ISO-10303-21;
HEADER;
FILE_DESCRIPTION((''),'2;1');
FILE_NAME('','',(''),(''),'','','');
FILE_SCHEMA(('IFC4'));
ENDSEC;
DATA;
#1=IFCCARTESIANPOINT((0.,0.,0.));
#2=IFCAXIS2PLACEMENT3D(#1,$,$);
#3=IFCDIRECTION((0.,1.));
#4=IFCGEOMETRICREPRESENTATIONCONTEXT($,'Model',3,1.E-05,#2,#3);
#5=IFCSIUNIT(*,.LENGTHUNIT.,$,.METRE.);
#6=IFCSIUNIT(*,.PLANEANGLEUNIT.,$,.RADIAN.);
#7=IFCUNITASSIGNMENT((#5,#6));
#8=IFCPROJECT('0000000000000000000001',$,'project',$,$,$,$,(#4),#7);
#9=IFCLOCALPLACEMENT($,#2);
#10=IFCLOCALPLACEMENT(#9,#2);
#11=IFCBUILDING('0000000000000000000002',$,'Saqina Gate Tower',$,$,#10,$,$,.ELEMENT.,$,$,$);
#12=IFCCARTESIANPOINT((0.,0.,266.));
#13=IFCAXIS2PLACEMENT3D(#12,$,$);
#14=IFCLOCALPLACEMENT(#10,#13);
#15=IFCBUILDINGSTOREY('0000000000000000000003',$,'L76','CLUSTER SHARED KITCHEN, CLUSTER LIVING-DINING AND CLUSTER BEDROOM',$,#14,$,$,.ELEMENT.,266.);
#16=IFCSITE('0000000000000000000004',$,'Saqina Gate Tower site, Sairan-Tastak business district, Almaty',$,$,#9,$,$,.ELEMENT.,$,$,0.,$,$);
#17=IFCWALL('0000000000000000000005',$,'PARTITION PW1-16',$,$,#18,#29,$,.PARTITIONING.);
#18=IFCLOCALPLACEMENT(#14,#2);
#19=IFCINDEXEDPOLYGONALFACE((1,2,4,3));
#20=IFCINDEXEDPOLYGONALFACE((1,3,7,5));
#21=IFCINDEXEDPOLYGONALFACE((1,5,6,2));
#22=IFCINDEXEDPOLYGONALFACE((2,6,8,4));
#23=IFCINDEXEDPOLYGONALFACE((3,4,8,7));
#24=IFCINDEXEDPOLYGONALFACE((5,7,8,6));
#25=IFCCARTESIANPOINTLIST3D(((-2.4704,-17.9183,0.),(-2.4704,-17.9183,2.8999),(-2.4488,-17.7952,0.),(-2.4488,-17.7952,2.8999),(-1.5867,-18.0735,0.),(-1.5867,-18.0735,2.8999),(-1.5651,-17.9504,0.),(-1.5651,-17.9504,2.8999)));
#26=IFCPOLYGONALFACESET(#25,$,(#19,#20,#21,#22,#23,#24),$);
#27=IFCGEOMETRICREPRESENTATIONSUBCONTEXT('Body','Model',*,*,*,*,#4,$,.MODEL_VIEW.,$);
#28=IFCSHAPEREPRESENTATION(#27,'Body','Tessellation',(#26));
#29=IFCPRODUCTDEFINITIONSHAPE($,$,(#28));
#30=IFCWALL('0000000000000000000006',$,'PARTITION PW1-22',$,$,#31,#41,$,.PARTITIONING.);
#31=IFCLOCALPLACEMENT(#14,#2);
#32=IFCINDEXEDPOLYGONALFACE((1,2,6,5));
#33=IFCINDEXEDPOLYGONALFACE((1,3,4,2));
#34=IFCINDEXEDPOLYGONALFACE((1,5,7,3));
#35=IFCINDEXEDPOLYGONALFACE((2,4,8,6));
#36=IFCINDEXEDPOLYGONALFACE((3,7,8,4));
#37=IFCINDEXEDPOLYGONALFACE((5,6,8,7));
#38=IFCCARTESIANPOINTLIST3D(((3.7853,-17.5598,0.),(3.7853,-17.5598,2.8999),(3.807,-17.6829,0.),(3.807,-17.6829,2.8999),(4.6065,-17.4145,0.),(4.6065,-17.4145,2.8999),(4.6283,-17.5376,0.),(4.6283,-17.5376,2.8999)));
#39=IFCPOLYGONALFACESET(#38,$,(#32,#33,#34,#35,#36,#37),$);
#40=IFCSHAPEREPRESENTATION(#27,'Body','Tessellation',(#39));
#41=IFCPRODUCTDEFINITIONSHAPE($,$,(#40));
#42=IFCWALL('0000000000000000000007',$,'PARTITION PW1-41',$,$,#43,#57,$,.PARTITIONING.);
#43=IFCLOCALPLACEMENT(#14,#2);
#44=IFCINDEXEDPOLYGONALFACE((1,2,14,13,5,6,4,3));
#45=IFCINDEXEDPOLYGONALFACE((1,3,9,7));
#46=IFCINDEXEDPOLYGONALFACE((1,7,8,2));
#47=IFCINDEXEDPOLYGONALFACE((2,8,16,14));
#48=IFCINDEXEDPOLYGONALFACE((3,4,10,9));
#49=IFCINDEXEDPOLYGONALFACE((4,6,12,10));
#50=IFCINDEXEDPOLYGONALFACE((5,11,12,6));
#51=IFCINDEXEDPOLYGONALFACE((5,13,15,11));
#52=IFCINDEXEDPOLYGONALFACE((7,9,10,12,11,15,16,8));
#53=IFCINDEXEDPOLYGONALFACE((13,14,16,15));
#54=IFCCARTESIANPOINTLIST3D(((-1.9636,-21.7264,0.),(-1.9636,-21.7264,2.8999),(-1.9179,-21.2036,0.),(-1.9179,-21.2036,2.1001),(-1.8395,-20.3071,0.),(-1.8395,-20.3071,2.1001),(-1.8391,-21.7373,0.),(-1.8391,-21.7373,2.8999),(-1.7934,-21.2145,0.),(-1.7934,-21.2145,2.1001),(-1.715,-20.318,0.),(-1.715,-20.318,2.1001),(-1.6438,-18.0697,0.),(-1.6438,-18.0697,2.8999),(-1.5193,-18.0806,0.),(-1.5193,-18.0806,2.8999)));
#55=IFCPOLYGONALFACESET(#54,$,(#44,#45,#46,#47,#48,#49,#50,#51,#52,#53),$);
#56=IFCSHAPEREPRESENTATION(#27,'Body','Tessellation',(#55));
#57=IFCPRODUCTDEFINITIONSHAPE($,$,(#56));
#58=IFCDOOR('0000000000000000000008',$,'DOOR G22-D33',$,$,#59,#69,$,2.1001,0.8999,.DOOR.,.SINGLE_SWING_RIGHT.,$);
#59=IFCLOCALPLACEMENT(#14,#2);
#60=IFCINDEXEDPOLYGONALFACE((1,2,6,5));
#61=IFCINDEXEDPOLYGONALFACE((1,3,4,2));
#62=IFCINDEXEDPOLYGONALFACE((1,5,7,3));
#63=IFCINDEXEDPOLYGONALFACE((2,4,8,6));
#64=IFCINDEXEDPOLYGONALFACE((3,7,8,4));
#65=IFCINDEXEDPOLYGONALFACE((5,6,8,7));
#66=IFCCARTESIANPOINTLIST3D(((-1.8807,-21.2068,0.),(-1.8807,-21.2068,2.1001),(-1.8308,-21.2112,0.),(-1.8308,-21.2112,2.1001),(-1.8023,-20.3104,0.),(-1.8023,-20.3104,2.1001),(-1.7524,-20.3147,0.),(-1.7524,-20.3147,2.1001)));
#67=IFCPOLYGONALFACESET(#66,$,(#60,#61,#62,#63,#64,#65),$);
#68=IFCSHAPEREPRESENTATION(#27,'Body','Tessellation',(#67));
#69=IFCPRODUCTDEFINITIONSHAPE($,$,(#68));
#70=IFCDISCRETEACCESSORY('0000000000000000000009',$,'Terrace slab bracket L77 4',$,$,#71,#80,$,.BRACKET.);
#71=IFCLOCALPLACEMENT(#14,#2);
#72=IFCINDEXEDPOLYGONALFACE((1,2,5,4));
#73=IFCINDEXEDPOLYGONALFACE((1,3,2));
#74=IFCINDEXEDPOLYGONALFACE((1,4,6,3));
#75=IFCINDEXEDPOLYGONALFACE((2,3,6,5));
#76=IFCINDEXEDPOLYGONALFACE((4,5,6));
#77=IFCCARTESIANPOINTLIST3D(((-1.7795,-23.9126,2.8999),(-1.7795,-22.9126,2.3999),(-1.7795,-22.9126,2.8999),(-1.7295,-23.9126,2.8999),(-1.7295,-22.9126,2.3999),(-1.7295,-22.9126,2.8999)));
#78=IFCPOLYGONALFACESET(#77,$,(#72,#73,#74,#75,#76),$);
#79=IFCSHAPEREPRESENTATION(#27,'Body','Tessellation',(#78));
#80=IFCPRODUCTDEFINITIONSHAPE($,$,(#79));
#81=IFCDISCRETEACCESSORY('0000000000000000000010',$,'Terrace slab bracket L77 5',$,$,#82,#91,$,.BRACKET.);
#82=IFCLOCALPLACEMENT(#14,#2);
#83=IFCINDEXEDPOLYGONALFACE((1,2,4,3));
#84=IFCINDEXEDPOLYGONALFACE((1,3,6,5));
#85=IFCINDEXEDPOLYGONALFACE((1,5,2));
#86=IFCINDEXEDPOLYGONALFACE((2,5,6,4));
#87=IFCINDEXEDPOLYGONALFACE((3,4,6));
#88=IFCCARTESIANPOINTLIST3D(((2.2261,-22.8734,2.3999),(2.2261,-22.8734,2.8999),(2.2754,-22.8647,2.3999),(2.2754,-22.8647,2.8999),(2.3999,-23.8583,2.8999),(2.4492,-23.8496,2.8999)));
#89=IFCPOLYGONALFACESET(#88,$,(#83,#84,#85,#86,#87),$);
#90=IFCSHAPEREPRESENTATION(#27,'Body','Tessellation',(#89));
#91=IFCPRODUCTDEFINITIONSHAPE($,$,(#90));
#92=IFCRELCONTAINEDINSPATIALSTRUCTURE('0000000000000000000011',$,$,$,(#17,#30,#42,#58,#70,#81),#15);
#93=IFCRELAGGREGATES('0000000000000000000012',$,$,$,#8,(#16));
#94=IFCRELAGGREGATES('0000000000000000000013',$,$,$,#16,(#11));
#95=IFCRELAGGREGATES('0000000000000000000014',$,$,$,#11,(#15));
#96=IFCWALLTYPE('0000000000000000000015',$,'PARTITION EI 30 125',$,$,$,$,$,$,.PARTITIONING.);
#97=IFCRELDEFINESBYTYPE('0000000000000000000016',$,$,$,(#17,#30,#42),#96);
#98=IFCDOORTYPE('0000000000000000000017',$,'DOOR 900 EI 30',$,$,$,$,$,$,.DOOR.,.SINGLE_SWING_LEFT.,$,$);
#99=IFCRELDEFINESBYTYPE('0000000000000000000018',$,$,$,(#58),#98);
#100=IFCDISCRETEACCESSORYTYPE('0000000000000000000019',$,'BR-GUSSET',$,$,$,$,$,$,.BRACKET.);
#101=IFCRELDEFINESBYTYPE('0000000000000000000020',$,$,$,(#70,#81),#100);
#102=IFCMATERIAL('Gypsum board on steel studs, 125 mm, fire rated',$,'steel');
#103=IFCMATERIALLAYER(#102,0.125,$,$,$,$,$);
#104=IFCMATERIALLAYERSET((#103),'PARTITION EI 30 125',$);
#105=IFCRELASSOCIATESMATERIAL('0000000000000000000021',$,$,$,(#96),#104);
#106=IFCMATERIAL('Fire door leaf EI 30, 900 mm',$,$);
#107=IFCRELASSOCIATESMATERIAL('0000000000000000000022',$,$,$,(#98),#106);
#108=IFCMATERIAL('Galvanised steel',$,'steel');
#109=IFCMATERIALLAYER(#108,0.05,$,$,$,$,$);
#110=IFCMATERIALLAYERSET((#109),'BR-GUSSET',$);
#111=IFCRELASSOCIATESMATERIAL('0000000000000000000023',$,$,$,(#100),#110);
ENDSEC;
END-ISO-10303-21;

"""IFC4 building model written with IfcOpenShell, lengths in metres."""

from ifc_helpers import new_model, si_unit, direction, frame, frame_2d, origin, place, context, subcontext, project, spatial, polyline, rectangle, outline, extrude, material, layer, layer_set, type_object, element, fill, save


model = new_model("IFC4")

# Units and contexts
model_context = context("Model", 3, precision=1e-05, world=origin(), true_north=direction((0.0, 1.0)))
body_context = subcontext(model_context, "Body", "Model", "MODEL_VIEW")
ifc_project = project(units=[si_unit("LENGTHUNIT", "METRE"), si_unit("PLANEANGLEUNIT", "RADIAN")], contexts=[model_context])

# Site, building, storey
site_placement = place(None, origin())
site = spatial("IfcSite", under=ifc_project, at=site_placement, Name="Saqina Gate Tower site, Sairan-Tastak business district, Almaty", CompositionType="ELEMENT", RefElevation=0.0)
building_placement = place(site_placement, origin())
building = spatial("IfcBuilding", under=site, at=building_placement, Name="Saqina Gate Tower", CompositionType="ELEMENT")
storey_placement = place(building_placement, frame((0.0, 0.0, 266.0)))
storey = spatial("IfcBuildingStorey", under=building, at=storey_placement, Name="L76", Description="CLUSTER SHARED KITCHEN, CLUSTER LIVING-DINING AND CLUSTER BEDROOM", CompositionType="ELEMENT", Elevation=266.0)

# Shared definitions
ifc_material_1 = material(Name="Gypsum board on steel studs, 125 mm, fire rated", Category="steel")
ifc_layer_1 = layer(ifc_material_1, 0.125)
ifc_layer_set_1 = layer_set([ifc_layer_1], Name="PARTITION EI 30 125")
wall_type_1 = type_object("IfcWallType", Name="PARTITION EI 30 125", PredefinedType="PARTITIONING", material=ifc_layer_set_1)

# Shared definitions
ifc_material_2 = material(Name="Fire door leaf EI 30, 900 mm")
door_type_1 = type_object("IfcDoorType", Name="DOOR 900 EI 30", OperationType="SINGLE_SWING_LEFT", PredefinedType="DOOR", material=ifc_material_2)

# Walls
wall_1_placement = place(storey_placement, frame((-2.4597, -17.8567, 0.0), z_axis=(0.0, 0.0, 1.0), x_axis=(0.984915, -0.17304, 0.0)))
element("IfcWall", 1, at=wall_1_placement, inside=storey, type_object=wall_type_1, Name="PARTITION PW1-16", PredefinedType="PARTITIONING", context=body_context, shape_type="SweptSolid", body=[
    extrude(rectangle(XDim=0.8972, YDim=0.125, at=frame_2d((0.4487, 0.0))), origin(), (0.0, 0.0, 1.0), 2.8999),
])
wall_2_placement = place(storey_placement, frame((3.7961, -17.6213, 0.0), z_axis=(0.0, 0.0, 1.0), x_axis=(0.984716, 0.174169, 0.0)))
element("IfcWall", 2, at=wall_2_placement, inside=storey, type_object=wall_type_1, Name="PARTITION PW1-22", PredefinedType="PARTITIONING", context=body_context, shape_type="SweptSolid", body=[
    extrude(rectangle(XDim=0.834, YDim=0.125, at=frame_2d((0.417, 0.0))), origin(), (0.0, 0.0, 1.0), 2.8999),
])

# Wall, opening, door
wall_3_placement = place(storey_placement, frame((-1.9014, -21.7319, 0.0), z_axis=(0.0, 0.0, 1.0), x_axis=(0.087129, 0.996197, 0.0)))
wall_3 = element("IfcWall", 3, at=wall_3_placement, inside=storey, type_object=wall_type_1, Name="PARTITION PW1-41", PredefinedType="PARTITIONING", context=body_context, shape_type="SweptSolid", body=[
    extrude(rectangle(XDim=3.6707, YDim=0.125, at=frame_2d((1.8354, 0.0))), origin(), (0.0, 0.0, 1.0), 2.8999),
])
opening_1_placement = place(wall_3_placement, frame((0.5249, 0.0, 0.0)))
opening_1 = element("IfcOpeningElement", 4, at=opening_1_placement, cuts=wall_3, PredefinedType="OPENING", context=body_context, shape_type="SweptSolid", body=[
    extrude(rectangle(XDim=0.8999, YDim=2.1001, at=frame_2d((0.45, 1.05))), frame((0.0, 0.0745, 0.0), z_axis=(0.0, -1.0, 0.0), x_axis=(1.0, 0.0, 0.0)), (0.0, 0.0, 1.0), 0.1489),
])
door_1_placement = place(opening_1_placement, frame((0.8999, 0.0, 0.0), z_axis=(0.0, 0.0, 1.0), x_axis=(-1.0, 0.0, 0.0)))
door_1 = element("IfcDoor", 5, at=door_1_placement, inside=storey, type_object=door_type_1, Name="DOOR G22-D33", OperationType="SINGLE_SWING_RIGHT", OverallHeight=2.1001, OverallWidth=0.8999, PredefinedType="DOOR", context=body_context, shape_type="SweptSolid", body=[
    extrude(rectangle(XDim=0.8999, YDim=2.1001, at=frame_2d((0.45, 1.05))), frame((0.0, 0.0249, 0.0), z_axis=(0.0, -1.0, 0.0), x_axis=(1.0, 0.0, 0.0)), (0.0, 0.0, 1.0), 0.05),
])
fill(opening_1, door_1)

# Discrete accessories
ifc_material_3 = material(Name="Galvanised steel", Category="steel")
ifc_layer_2 = layer(ifc_material_3, 0.05)
ifc_layer_set_2 = layer_set([ifc_layer_2], Name="BR-GUSSET")
discrete_accessory_type = type_object("IfcDiscreteAccessoryType", Name="BR-GUSSET", PredefinedType="BRACKET", material=ifc_layer_set_2)
discrete_accessory_1_placement = place(storey_placement, frame((-1.7295, -22.9126, 2.3999), z_axis=(1.0, 0.0, 0.0), x_axis=(0.0, 0.0, 1.0)))
element("IfcDiscreteAccessory", 6, at=discrete_accessory_1_placement, inside=storey, type_object=discrete_accessory_type, Name="Terrace slab bracket L77 4", PredefinedType="BRACKET", context=body_context, shape_type="SweptSolid", body=[
    extrude(outline(polyline([(0.0, 0.0), (0.5, 0.0), (0.5, 1.0), (0.0, 0.0)])), origin(), (0.0, 0.0, -1.0), 0.05),
])
discrete_accessory_2_placement = place(storey_placement, frame((2.2754, -22.8647, 2.3999), z_axis=(0.984779, 0.173813, 0.0), x_axis=(0.0, 0.0, 1.0)))
element("IfcDiscreteAccessory", 7, at=discrete_accessory_2_placement, inside=storey, type_object=discrete_accessory_type, Name="Terrace slab bracket L77 5", PredefinedType="BRACKET", context=body_context, shape_type="SweptSolid", body=[
    extrude(outline(polyline([(0.0, 0.0), (0.5, 0.0), (0.5, 1.0001), (0.0, 0.0)])), origin(), (0.0, 0.0, -1.0), 0.05),
])

save(model, "model.ifc")
